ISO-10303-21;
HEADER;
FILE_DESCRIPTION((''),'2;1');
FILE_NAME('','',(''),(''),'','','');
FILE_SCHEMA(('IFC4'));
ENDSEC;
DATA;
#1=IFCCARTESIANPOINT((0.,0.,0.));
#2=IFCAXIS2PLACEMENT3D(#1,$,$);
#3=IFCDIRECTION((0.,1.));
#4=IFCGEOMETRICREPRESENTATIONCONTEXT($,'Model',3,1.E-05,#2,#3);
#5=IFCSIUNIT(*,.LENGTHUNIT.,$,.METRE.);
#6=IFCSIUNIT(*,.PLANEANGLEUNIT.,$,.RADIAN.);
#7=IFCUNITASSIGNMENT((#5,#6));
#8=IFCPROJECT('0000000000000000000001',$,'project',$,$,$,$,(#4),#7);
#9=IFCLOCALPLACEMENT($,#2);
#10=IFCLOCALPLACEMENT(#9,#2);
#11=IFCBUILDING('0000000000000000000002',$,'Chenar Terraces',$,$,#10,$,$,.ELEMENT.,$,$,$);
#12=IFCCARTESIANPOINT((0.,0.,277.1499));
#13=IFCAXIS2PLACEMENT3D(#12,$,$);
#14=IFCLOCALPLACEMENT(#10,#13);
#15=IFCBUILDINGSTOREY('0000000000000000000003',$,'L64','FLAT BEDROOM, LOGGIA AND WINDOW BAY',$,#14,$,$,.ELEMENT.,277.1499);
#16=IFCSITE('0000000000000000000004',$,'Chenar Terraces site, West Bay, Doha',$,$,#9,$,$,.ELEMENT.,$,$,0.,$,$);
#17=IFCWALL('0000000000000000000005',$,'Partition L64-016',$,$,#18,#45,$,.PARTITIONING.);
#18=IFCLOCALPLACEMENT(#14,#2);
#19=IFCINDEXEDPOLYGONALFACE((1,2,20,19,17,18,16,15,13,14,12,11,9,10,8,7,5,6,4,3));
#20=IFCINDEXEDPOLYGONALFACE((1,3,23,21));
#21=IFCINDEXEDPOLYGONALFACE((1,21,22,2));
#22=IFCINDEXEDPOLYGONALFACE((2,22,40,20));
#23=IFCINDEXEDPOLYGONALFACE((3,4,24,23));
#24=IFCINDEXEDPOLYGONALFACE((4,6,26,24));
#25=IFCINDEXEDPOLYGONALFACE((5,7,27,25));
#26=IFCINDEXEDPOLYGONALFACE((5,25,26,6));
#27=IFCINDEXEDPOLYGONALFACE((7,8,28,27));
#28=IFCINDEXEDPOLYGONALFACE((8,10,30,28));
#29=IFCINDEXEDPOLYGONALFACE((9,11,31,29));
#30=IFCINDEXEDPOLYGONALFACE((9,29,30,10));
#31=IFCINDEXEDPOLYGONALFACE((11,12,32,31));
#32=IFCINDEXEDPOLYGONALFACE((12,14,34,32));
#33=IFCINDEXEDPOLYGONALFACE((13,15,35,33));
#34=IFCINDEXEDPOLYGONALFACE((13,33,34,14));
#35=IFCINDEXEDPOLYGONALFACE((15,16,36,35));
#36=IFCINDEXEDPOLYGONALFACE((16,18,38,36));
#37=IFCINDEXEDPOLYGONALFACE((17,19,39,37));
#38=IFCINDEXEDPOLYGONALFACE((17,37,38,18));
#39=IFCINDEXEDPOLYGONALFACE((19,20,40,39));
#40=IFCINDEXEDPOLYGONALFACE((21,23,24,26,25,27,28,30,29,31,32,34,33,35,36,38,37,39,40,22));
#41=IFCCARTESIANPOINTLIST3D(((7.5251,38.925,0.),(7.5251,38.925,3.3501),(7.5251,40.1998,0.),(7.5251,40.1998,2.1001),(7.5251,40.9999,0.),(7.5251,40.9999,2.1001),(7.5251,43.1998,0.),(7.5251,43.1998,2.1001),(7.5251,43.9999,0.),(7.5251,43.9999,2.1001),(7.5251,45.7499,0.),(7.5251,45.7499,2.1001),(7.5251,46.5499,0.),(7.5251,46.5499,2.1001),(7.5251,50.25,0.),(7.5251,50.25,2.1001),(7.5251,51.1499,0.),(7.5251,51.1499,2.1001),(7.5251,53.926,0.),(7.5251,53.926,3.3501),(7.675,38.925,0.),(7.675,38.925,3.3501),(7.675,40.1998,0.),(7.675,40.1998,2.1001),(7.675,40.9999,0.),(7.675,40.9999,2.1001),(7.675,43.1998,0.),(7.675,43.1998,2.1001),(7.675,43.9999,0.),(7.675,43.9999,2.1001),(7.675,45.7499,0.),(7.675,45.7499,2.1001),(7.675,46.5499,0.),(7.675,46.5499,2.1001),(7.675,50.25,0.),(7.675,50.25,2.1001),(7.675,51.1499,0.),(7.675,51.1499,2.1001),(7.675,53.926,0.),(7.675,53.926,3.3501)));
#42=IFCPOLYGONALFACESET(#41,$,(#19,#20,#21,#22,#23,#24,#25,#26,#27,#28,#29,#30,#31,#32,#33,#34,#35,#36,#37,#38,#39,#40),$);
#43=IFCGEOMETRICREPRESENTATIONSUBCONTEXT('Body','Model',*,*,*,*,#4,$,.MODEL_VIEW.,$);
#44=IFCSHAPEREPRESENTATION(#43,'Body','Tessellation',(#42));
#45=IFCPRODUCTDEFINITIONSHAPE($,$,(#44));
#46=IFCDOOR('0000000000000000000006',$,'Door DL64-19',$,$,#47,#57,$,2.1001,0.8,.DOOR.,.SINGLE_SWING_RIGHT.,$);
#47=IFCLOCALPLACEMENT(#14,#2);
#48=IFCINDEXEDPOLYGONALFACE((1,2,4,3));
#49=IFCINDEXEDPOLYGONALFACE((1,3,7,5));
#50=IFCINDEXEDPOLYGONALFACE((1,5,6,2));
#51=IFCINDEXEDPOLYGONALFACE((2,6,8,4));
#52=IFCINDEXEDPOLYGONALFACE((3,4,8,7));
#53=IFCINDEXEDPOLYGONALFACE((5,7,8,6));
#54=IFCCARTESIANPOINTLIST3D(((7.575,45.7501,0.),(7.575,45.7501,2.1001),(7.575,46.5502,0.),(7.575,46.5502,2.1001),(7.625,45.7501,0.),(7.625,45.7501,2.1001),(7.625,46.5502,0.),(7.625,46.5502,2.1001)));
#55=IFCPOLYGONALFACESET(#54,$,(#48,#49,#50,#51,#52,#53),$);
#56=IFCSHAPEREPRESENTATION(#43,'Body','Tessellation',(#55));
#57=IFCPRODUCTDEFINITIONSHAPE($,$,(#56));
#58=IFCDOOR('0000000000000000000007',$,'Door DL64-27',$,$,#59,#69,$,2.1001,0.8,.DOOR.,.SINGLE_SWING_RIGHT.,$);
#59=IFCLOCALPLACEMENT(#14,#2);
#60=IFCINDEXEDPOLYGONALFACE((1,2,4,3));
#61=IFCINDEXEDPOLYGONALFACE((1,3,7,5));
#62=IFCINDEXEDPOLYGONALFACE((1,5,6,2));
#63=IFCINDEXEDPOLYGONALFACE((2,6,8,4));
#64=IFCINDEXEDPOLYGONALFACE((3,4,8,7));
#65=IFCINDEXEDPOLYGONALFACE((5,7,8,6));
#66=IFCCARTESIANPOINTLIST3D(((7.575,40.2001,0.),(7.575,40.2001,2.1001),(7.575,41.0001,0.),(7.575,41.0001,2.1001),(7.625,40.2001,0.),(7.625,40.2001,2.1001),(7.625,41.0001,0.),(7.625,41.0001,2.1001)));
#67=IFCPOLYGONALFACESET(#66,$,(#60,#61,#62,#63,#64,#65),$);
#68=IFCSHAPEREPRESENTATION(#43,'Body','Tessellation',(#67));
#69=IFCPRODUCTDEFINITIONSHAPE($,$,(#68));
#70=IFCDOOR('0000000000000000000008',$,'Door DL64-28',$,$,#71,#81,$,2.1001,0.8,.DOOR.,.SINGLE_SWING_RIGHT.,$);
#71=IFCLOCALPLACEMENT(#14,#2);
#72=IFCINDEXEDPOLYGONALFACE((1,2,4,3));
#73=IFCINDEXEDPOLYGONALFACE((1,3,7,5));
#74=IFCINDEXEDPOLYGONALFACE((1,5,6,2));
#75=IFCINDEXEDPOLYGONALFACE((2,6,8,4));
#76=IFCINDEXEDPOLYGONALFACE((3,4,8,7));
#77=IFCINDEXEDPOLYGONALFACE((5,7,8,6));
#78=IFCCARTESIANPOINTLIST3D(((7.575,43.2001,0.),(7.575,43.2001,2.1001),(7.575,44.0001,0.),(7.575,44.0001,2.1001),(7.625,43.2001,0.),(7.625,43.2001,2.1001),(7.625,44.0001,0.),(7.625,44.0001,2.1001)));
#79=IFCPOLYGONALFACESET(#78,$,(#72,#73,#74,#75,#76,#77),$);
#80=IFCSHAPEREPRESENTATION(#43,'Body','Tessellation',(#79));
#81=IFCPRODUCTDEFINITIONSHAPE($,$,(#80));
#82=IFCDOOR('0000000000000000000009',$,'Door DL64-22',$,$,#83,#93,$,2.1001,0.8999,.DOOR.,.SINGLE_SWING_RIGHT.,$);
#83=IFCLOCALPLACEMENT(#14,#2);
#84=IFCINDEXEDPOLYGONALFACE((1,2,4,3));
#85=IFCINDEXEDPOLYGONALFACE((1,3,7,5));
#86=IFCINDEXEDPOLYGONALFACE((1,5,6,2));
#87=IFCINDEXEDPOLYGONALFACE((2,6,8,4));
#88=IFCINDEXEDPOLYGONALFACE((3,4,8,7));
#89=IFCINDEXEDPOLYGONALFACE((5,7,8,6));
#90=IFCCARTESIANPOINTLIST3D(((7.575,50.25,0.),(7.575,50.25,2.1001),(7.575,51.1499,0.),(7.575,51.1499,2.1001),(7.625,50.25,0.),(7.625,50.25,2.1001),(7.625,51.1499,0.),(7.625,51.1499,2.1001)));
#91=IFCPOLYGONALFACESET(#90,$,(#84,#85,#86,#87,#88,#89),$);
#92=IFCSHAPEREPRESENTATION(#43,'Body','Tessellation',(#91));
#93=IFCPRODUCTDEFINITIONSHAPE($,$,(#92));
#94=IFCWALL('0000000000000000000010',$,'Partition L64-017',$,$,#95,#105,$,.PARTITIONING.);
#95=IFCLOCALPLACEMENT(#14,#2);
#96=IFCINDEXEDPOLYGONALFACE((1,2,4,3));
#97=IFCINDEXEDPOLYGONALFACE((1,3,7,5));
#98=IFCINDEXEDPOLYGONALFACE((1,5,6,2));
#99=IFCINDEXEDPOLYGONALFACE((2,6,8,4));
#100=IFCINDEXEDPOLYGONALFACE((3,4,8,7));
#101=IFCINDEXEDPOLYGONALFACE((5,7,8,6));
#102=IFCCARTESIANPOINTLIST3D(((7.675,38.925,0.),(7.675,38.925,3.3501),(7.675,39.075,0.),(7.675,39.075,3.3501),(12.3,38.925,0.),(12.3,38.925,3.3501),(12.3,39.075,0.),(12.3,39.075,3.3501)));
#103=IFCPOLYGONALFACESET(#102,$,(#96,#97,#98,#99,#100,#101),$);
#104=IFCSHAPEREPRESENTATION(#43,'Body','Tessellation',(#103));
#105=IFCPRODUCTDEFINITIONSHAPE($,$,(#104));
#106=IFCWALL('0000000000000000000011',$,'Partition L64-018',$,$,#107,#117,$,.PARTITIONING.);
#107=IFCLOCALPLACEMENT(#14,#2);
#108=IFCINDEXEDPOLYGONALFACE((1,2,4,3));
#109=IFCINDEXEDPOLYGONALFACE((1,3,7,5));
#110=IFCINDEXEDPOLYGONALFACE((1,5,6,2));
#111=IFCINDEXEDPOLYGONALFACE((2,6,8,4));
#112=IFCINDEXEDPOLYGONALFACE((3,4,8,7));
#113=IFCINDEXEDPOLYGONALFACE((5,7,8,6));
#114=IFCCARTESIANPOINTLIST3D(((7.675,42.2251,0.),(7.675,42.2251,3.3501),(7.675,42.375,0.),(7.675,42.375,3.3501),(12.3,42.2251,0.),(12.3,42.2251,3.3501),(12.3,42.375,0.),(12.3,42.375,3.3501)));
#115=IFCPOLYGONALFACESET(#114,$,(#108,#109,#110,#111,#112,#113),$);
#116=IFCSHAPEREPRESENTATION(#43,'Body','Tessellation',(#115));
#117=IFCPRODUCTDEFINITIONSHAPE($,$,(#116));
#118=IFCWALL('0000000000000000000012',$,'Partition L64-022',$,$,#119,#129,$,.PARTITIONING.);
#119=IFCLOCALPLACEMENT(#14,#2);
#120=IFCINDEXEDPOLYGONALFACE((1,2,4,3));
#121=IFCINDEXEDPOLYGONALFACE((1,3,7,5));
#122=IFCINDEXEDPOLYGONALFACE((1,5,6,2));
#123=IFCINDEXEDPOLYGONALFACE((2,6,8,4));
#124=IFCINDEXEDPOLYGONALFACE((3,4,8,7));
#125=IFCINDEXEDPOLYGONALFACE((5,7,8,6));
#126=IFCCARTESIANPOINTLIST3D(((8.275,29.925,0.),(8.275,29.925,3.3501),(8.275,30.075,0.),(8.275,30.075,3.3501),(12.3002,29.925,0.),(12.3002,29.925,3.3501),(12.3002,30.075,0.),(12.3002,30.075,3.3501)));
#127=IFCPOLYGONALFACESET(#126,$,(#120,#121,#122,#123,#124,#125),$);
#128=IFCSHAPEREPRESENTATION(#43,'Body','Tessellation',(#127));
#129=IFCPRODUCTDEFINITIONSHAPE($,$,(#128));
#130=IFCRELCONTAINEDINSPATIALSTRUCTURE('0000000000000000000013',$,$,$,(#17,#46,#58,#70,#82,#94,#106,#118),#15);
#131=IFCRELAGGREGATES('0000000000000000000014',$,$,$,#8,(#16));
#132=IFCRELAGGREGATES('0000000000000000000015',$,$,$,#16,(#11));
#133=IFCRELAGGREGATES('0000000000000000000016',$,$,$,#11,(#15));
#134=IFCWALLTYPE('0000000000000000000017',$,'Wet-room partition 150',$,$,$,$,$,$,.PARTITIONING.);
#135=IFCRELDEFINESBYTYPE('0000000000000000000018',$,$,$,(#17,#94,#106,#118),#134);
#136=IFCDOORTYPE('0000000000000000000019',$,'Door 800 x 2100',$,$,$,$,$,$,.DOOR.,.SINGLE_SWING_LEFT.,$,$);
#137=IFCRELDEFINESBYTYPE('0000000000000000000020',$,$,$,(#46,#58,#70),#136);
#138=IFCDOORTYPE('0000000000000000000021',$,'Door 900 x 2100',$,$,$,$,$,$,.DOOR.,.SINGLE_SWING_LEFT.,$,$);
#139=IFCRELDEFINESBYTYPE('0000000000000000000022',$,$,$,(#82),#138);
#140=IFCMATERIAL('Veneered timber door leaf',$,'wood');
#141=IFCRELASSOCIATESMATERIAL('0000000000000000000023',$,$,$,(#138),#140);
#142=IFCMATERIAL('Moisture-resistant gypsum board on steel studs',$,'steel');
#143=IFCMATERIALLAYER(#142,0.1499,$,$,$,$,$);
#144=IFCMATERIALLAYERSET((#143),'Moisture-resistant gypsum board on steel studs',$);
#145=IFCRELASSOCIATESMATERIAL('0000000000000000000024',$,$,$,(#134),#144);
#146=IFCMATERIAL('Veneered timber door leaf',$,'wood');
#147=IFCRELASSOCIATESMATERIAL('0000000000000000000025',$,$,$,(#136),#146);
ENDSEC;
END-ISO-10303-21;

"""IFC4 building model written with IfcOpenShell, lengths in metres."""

from ifc_helpers import new_model, si_unit, direction, frame, frame_2d, origin, place, context, subcontext, project, spatial, rectangle, extrude, material, layer, layer_set, type_object, element, fill, save


model = new_model("IFC4")

# Units and contexts
model_context = context("Model", 3, precision=1e-05, world=origin(), true_north=direction((0.0, 1.0)))
body_context = subcontext(model_context, "Body", "Model", "MODEL_VIEW")
ifc_project = project(units=[si_unit("LENGTHUNIT", "METRE"), si_unit("PLANEANGLEUNIT", "RADIAN")], contexts=[model_context])

# Site, building, storey
site_placement = place(None, origin())
site = spatial("IfcSite", under=ifc_project, at=site_placement, Name="Chenar Terraces site, West Bay, Doha", CompositionType="ELEMENT", RefElevation=0.0)
building_placement = place(site_placement, origin())
building = spatial("IfcBuilding", under=site, at=building_placement, Name="Chenar Terraces", CompositionType="ELEMENT")
storey_placement = place(building_placement, frame((0.0, 0.0, 277.1499)))
storey = spatial("IfcBuildingStorey", under=building, at=storey_placement, Name="L64", Description="FLAT BEDROOM, LOGGIA AND WINDOW BAY", CompositionType="ELEMENT", Elevation=277.1499)

# Shared definitions
ifc_material_1 = material(Name="Veneered timber door leaf", Category="wood")
door_type_1 = type_object("IfcDoorType", Name="Door 900 x 2100", OperationType="SINGLE_SWING_LEFT", PredefinedType="DOOR", material=ifc_material_1)

# Wall, openings, doors
ifc_material_2 = material(Name="Moisture-resistant gypsum board on steel studs", Category="steel")
ifc_layer_1 = layer(ifc_material_2, 0.1499)
ifc_layer_set_1 = layer_set([ifc_layer_1], Name="Moisture-resistant gypsum board on steel studs")
wall_type_1 = type_object("IfcWallType", Name="Wet-room partition 150", PredefinedType="PARTITIONING", material=ifc_layer_set_1)
wall_1_placement = place(storey_placement, frame((7.6001, 38.925, 0.0), z_axis=(0.0, 0.0, 1.0), x_axis=(0.0, 1.0, 0.0)))
wall_1 = element("IfcWall", 1, at=wall_1_placement, inside=storey, type_object=wall_type_1, Name="Partition L64-016", PredefinedType="PARTITIONING", context=body_context, shape_type="SweptSolid", body=[
    extrude(rectangle(XDim=15.001, YDim=0.1499, at=frame_2d((7.5005, 0.0))), origin(), (0.0, 0.0, 1.0), 3.3501),
])
opening_1_placement = place(wall_1_placement, frame((6.825, 0.0, 0.0)))
opening_1 = element("IfcOpeningElement", 2, at=opening_1_placement, cuts=wall_1, PredefinedType="OPENING", context=body_context, shape_type="SweptSolid", body=[
    extrude(rectangle(XDim=0.8, YDim=2.1001, at=frame_2d((0.3999, 1.05))), frame((0.0, 0.085, 0.0), z_axis=(0.0, -1.0, 0.0), x_axis=(1.0, 0.0, 0.0)), (0.0, 0.0, 1.0), 0.1699),
])
opening_2_placement = place(wall_1_placement, frame((11.325, 0.0, 0.0)))
opening_2 = element("IfcOpeningElement", 3, at=opening_2_placement, cuts=wall_1, PredefinedType="OPENING", context=body_context, shape_type="SweptSolid", body=[
    extrude(rectangle(XDim=0.8999, YDim=2.1001, at=frame_2d((0.45, 1.05))), frame((0.0, 0.085, 0.0), z_axis=(0.0, -1.0, 0.0), x_axis=(1.0, 0.0, 0.0)), (0.0, 0.0, 1.0), 0.1699),
])
opening_3_placement = place(wall_1_placement, frame((1.2749, 0.0, 0.0)))
opening_3 = element("IfcOpeningElement", 4, at=opening_3_placement, cuts=wall_1, PredefinedType="OPENING", context=body_context, shape_type="SweptSolid", body=[
    extrude(rectangle(XDim=0.8, YDim=2.1001, at=frame_2d((0.3999, 1.05))), frame((0.0, 0.085, 0.0), z_axis=(0.0, -1.0, 0.0), x_axis=(1.0, 0.0, 0.0)), (0.0, 0.0, 1.0), 0.1699),
])
opening_4_placement = place(wall_1_placement, frame((4.2749, 0.0, 0.0)))
opening_4 = element("IfcOpeningElement", 5, at=opening_4_placement, cuts=wall_1, PredefinedType="OPENING", context=body_context, shape_type="SweptSolid", body=[
    extrude(rectangle(XDim=0.8, YDim=2.1001, at=frame_2d((0.3999, 1.05))), frame((0.0, 0.085, 0.0), z_axis=(0.0, -1.0, 0.0), x_axis=(1.0, 0.0, 0.0)), (0.0, 0.0, 1.0), 0.1699),
])
ifc_material_3 = material(Name="Veneered timber door leaf", Category="wood")
door_type_2 = type_object("IfcDoorType", Name="Door 800 x 2100", OperationType="SINGLE_SWING_LEFT", PredefinedType="DOOR", material=ifc_material_3)
door_1_placement = place(opening_1_placement, frame((0.8, 0.0, 0.0), z_axis=(0.0, 0.0, 1.0), x_axis=(-1.0, 0.0, 0.0)))
door_1 = element("IfcDoor", 6, at=door_1_placement, inside=storey, type_object=door_type_2, Name="Door DL64-19", OperationType="SINGLE_SWING_RIGHT", OverallHeight=2.1001, OverallWidth=0.8, PredefinedType="DOOR", context=body_context, shape_type="SweptSolid", body=[
    extrude(rectangle(XDim=0.8, YDim=2.1001, at=frame_2d((0.3999, 1.05))), frame((0.0, 0.0249, 0.0), z_axis=(0.0, -1.0, 0.0), x_axis=(1.0, 0.0, 0.0)), (0.0, 0.0, 1.0), 0.05),
])
fill(opening_1, door_1)
door_2_placement = place(opening_3_placement, frame((0.8, 0.0, 0.0), z_axis=(0.0, 0.0, 1.0), x_axis=(-1.0, 0.0, 0.0)))
door_2 = element("IfcDoor", 7, at=door_2_placement, inside=storey, type_object=door_type_2, Name="Door DL64-27", OperationType="SINGLE_SWING_RIGHT", OverallHeight=2.1001, OverallWidth=0.8, PredefinedType="DOOR", context=body_context, shape_type="SweptSolid", body=[
    extrude(rectangle(XDim=0.8, YDim=2.1001, at=frame_2d((0.3999, 1.05))), frame((0.0, 0.0249, 0.0), z_axis=(0.0, -1.0, 0.0), x_axis=(1.0, 0.0, 0.0)), (0.0, 0.0, 1.0), 0.05),
])
fill(opening_3, door_2)
door_3_placement = place(opening_4_placement, frame((0.8, 0.0, 0.0), z_axis=(0.0, 0.0, 1.0), x_axis=(-1.0, 0.0, 0.0)))
door_3 = element("IfcDoor", 8, at=door_3_placement, inside=storey, type_object=door_type_2, Name="Door DL64-28", OperationType="SINGLE_SWING_RIGHT", OverallHeight=2.1001, OverallWidth=0.8, PredefinedType="DOOR", context=body_context, shape_type="SweptSolid", body=[
    extrude(rectangle(XDim=0.8, YDim=2.1001, at=frame_2d((0.3999, 1.05))), frame((0.0, 0.0249, 0.0), z_axis=(0.0, -1.0, 0.0), x_axis=(1.0, 0.0, 0.0)), (0.0, 0.0, 1.0), 0.05),
])
fill(opening_4, door_3)
door_4_placement = place(opening_2_placement, frame((0.8999, 0.0, 0.0), z_axis=(0.0, 0.0, 1.0), x_axis=(-1.0, 0.0, 0.0)))
door_4 = element("IfcDoor", 9, at=door_4_placement, inside=storey, type_object=door_type_1, Name="Door DL64-22", OperationType="SINGLE_SWING_RIGHT", OverallHeight=2.1001, OverallWidth=0.8999, PredefinedType="DOOR", context=body_context, shape_type="SweptSolid", body=[
    extrude(rectangle(XDim=0.8999, YDim=2.1001, at=frame_2d((0.45, 1.05))), frame((0.0, 0.0249, 0.0), z_axis=(0.0, -1.0, 0.0), x_axis=(1.0, 0.0, 0.0)), (0.0, 0.0, 1.0), 0.05),
])
fill(opening_2, door_4)

# Walls
for number, where, z_axis, x_axis, name in (
    (10, (7.675, 39.0, 0.0), (0.0, 0.0, 1.0), (1.0, 0.0, 0.0), "Partition L64-017"),
    (11, (7.675, 42.3, 0.0), (0.0, 0.0, 1.0), (1.0, 0.0, 0.0), "Partition L64-018"),
):
    element("IfcWall", number, at=place(storey_placement, frame(where, z_axis=z_axis, x_axis=x_axis)), inside=storey, type_object=wall_type_1, Name=name, PredefinedType="PARTITIONING", context=body_context, shape_type="SweptSolid", body=[
        extrude(rectangle(XDim=4.625, YDim=0.1499, at=frame_2d((2.3125, 0.0))), origin(), (0.0, 0.0, 1.0), 3.3501),
    ])
wall_2_placement = place(storey_placement, frame((8.2749, 30.0, 0.0), z_axis=(0.0, 0.0, 1.0), x_axis=(1.0, 0.0, 0.0)))
element("IfcWall", 12, at=wall_2_placement, inside=storey, type_object=wall_type_1, Name="Partition L64-022", PredefinedType="PARTITIONING", context=body_context, shape_type="SweptSolid", body=[
    extrude(rectangle(XDim=4.0251, YDim=0.1499, at=frame_2d((2.0127, 0.0))), origin(), (0.0, 0.0, 1.0), 3.3501),
])

save(model, "model.ifc")
